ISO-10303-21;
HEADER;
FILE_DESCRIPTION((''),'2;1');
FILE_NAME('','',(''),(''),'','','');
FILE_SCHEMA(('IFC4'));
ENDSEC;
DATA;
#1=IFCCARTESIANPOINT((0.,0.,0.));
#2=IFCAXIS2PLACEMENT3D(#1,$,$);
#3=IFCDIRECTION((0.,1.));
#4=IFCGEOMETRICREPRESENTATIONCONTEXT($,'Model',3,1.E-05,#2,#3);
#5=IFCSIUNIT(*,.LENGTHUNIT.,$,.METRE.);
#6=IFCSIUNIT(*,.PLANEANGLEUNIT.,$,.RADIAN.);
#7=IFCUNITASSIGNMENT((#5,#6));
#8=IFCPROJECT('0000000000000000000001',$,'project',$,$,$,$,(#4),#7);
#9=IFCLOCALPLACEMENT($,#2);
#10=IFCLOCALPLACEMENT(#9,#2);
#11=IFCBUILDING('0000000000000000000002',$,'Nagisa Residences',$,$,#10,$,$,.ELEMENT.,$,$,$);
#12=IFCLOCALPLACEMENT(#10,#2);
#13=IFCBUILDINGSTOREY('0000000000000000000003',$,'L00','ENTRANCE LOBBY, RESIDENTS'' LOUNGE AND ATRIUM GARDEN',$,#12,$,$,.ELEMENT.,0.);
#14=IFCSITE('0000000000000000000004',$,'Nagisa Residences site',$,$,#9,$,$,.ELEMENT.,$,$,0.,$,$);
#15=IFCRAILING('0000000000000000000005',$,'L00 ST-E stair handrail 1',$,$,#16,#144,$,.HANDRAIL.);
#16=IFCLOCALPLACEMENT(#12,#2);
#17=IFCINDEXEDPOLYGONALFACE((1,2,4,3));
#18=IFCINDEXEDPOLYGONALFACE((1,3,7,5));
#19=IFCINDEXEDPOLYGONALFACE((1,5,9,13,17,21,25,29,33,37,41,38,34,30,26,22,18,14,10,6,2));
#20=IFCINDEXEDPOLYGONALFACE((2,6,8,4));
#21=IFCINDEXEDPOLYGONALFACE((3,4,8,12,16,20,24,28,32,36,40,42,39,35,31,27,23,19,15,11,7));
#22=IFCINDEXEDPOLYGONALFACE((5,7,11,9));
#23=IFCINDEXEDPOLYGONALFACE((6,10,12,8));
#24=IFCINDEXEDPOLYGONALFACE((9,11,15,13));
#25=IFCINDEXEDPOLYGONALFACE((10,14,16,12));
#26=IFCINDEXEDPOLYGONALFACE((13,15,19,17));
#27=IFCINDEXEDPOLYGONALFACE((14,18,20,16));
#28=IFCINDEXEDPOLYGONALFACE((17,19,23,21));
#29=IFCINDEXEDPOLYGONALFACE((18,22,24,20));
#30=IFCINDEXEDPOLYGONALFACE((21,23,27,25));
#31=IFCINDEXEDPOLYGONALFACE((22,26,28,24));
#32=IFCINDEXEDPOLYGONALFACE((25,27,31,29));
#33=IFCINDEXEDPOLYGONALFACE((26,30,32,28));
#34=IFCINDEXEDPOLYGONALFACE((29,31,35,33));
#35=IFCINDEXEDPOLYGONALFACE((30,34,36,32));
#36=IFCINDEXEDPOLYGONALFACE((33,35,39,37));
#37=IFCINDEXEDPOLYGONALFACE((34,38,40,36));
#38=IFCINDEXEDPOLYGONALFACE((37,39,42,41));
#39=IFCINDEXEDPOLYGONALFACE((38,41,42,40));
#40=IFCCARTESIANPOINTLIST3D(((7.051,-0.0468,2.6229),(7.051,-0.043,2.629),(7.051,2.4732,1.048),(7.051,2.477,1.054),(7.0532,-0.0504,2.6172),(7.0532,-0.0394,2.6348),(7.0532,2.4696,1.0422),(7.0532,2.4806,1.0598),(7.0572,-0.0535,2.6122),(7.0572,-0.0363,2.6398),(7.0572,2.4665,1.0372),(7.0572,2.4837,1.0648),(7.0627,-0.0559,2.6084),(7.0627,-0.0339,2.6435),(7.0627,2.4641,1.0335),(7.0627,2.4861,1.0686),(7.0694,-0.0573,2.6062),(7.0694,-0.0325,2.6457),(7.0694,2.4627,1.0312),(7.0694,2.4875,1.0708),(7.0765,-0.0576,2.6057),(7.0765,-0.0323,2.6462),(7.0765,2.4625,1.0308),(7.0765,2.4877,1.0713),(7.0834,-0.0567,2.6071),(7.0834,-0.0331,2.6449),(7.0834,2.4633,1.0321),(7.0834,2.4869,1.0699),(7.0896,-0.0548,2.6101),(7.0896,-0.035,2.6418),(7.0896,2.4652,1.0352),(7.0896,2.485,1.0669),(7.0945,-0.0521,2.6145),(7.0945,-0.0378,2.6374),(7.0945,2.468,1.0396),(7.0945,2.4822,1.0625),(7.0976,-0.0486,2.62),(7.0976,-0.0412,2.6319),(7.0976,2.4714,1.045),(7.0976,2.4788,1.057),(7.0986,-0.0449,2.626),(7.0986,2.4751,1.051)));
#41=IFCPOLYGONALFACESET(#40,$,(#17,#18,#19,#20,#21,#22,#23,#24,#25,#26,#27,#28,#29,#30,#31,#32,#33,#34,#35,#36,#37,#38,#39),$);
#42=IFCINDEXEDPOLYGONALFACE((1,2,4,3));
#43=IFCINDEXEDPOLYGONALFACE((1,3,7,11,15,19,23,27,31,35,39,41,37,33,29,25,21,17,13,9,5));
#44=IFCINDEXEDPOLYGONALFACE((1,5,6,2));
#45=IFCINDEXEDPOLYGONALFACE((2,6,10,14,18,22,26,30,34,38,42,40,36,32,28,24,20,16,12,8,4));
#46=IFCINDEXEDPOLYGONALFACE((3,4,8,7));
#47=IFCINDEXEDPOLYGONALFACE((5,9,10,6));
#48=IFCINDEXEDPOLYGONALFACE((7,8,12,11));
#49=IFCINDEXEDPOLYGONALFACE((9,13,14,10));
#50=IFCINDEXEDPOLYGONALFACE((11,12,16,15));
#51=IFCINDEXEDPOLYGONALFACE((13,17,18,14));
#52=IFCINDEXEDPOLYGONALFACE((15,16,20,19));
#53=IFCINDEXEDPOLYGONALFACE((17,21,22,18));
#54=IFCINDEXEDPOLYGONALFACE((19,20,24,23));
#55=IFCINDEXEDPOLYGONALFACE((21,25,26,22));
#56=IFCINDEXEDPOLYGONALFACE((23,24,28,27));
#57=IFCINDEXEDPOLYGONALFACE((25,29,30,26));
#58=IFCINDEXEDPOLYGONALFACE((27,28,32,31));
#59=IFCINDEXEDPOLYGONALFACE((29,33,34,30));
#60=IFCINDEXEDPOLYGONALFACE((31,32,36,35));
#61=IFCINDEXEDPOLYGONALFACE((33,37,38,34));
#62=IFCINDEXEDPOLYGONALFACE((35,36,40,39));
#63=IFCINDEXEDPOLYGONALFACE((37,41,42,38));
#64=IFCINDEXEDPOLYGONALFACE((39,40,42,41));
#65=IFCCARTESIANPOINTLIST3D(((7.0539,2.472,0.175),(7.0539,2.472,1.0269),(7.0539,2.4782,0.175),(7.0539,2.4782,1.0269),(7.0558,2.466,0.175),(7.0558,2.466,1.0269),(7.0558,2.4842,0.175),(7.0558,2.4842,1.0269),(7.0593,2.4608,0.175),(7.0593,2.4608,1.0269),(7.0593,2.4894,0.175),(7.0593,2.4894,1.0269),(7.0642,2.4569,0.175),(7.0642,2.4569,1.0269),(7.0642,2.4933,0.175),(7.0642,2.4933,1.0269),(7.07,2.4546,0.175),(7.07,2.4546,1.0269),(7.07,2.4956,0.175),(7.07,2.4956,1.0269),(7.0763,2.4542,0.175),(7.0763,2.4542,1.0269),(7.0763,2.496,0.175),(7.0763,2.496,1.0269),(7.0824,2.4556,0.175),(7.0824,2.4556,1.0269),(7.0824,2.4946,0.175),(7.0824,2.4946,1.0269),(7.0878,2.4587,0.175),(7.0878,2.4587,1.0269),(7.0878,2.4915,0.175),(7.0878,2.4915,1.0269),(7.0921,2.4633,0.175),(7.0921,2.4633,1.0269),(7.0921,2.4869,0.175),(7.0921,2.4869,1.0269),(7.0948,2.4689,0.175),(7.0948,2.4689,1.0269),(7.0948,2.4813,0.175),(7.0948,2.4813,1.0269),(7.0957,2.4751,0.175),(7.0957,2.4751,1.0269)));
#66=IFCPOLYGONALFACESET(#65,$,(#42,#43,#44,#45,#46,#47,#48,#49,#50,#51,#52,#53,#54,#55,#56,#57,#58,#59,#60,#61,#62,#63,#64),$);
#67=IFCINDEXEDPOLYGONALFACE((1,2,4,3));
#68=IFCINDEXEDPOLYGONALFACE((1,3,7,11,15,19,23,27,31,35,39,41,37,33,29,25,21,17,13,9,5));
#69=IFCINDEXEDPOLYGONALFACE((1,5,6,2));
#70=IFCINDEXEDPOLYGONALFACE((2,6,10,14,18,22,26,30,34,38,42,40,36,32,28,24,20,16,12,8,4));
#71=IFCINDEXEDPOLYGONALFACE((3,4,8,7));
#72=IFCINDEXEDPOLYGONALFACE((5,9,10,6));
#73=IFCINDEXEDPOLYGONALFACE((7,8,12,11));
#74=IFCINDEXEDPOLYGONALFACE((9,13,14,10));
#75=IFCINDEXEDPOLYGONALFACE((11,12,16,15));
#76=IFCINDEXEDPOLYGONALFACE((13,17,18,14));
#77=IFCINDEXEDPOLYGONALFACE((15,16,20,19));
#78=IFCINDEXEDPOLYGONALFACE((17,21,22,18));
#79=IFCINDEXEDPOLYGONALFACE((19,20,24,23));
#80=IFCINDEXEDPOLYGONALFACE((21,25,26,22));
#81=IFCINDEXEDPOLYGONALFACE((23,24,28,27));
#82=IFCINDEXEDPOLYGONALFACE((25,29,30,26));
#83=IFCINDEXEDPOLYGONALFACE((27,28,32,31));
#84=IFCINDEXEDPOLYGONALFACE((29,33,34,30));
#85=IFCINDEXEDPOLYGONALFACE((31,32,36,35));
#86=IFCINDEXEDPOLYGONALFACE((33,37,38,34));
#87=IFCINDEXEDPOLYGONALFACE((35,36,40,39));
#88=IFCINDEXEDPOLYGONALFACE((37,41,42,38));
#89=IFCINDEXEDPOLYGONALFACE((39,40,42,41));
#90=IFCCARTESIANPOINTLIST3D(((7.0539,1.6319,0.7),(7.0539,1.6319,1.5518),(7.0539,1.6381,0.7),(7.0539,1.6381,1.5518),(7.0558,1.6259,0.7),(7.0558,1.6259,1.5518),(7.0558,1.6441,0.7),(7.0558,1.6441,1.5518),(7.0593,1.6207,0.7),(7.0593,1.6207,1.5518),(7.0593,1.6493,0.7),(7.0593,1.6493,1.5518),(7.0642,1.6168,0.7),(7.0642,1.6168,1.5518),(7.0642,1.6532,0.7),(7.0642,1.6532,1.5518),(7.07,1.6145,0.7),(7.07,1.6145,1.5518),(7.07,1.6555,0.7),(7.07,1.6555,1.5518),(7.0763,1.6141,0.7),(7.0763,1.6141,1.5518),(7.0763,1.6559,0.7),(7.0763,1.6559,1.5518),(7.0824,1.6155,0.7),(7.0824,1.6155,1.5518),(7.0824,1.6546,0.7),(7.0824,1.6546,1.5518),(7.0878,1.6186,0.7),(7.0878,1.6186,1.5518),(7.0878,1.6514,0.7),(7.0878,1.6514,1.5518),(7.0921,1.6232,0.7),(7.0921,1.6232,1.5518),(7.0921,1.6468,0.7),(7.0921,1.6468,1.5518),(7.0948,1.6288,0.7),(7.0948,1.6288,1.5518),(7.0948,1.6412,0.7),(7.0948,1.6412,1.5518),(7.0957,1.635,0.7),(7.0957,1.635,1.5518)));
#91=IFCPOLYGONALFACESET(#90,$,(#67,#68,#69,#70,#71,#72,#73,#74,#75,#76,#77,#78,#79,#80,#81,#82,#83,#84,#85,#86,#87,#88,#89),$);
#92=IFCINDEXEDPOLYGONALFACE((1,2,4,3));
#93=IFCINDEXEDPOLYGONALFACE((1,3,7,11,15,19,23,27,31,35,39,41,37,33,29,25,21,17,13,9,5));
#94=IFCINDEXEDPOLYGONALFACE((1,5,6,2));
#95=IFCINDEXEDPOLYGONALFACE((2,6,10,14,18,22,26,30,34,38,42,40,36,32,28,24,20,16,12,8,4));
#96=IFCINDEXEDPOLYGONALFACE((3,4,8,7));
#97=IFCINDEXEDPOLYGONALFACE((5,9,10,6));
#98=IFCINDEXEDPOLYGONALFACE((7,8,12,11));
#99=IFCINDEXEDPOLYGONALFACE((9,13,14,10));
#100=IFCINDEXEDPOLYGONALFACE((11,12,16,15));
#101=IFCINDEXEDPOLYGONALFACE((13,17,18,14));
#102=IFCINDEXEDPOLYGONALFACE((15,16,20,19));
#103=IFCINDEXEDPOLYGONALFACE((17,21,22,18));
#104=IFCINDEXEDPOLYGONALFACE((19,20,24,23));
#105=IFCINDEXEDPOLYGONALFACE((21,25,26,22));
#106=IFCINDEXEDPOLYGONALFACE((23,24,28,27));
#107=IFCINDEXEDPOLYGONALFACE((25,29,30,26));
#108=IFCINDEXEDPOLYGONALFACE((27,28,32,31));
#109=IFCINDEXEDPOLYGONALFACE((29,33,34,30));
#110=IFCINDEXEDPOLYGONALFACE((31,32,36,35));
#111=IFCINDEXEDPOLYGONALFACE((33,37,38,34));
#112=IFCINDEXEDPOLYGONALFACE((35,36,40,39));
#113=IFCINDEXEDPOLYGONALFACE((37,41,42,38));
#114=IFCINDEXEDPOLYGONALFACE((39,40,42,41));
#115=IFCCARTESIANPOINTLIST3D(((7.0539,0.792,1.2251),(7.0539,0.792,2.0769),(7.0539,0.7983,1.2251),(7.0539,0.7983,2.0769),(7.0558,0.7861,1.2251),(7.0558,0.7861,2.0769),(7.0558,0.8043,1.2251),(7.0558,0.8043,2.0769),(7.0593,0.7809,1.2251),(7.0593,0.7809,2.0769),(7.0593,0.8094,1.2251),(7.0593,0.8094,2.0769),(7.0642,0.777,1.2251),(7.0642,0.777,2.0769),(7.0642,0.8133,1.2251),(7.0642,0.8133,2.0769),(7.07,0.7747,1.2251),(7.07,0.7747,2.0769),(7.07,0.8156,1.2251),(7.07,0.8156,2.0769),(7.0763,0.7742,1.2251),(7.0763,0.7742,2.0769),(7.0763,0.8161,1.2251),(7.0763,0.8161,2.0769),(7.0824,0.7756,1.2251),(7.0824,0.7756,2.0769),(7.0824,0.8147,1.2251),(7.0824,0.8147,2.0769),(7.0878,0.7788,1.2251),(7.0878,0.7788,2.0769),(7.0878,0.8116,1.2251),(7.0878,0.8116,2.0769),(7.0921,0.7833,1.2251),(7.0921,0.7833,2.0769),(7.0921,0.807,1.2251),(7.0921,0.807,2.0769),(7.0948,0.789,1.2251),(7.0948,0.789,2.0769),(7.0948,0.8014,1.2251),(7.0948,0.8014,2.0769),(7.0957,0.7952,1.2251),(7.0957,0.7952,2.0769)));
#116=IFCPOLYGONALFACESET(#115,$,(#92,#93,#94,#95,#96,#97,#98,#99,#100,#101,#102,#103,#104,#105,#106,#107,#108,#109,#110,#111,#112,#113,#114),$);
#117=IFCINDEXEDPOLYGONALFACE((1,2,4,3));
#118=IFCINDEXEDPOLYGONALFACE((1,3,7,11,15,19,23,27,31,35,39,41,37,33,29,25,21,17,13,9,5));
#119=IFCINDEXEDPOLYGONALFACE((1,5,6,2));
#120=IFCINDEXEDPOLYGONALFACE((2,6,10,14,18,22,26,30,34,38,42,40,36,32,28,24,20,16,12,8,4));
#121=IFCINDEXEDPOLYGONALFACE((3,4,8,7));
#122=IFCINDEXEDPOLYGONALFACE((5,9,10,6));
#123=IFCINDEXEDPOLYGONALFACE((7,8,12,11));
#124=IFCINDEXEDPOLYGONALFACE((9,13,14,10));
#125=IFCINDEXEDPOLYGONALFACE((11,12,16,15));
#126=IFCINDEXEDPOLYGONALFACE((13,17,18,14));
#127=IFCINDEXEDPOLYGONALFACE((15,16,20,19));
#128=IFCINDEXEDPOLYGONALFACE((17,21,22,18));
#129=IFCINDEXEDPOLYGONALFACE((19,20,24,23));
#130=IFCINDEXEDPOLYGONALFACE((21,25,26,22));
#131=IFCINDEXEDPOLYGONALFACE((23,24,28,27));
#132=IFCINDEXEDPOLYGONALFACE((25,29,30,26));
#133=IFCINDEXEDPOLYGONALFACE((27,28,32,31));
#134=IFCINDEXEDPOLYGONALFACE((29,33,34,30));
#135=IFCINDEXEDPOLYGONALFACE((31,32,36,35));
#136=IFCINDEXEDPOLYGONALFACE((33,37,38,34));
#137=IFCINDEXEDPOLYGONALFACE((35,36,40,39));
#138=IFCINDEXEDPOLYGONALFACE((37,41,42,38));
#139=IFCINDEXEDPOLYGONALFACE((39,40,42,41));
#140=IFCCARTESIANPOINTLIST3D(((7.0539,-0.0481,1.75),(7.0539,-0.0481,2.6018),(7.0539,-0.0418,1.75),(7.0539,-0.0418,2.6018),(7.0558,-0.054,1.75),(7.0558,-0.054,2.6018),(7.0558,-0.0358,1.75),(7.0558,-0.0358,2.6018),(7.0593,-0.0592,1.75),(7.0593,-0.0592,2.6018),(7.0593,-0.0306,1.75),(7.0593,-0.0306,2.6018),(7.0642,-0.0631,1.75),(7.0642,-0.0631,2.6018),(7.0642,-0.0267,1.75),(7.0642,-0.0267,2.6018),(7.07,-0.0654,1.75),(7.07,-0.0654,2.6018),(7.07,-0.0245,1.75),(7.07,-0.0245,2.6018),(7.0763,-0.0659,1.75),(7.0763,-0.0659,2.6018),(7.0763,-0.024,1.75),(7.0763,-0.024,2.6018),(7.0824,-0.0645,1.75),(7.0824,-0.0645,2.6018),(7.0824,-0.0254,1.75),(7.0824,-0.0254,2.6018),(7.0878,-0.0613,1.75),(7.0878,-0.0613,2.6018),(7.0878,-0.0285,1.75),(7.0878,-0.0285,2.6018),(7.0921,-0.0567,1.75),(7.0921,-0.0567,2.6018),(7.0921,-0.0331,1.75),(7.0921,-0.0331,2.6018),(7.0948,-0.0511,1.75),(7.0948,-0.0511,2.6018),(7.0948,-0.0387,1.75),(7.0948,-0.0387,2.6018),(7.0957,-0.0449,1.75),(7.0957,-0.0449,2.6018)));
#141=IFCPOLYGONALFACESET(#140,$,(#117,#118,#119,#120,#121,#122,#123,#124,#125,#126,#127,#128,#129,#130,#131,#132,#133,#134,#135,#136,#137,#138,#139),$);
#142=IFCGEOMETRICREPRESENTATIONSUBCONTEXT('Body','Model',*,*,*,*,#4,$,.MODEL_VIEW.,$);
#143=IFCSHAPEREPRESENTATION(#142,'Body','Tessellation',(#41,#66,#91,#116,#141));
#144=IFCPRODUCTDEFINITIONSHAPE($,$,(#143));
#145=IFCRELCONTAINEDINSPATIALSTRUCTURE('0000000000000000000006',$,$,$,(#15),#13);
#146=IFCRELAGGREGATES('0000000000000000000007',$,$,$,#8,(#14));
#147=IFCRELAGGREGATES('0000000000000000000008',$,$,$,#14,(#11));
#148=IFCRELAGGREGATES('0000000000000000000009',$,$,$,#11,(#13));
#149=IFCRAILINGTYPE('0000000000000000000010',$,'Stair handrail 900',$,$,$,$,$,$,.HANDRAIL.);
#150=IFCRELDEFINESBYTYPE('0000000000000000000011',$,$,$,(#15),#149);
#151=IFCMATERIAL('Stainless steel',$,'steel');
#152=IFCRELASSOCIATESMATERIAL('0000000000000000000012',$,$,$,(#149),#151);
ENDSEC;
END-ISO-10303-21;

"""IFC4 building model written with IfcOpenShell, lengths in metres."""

from ifc_helpers import new_model, si_unit, direction, frame, origin, origin_2d, place, context, subcontext, project, spatial, circle, extrude, material, type_object, element, save


model = new_model("IFC4")

# Units and contexts
model_context = context("Model", 3, precision=1e-05, world=origin(), true_north=direction((0.0, 1.0)))
body_context = subcontext(model_context, "Body", "Model", "MODEL_VIEW")
ifc_project = project(units=[si_unit("LENGTHUNIT", "METRE"), si_unit("PLANEANGLEUNIT", "RADIAN")], contexts=[model_context])

# Site, building, storey
site_placement = place(None, origin())
site = spatial("IfcSite", under=ifc_project, at=site_placement, Name="Nagisa Residences site", CompositionType="ELEMENT", RefElevation=0.0)
building_placement = place(site_placement, origin())
building = spatial("IfcBuilding", under=site, at=building_placement, Name="Nagisa Residences", CompositionType="ELEMENT")
storey_placement = place(building_placement, origin())
storey = spatial("IfcBuildingStorey", under=building, at=storey_placement, Name="L00", Description="ENTRANCE LOBBY, RESIDENTS' LOUNGE AND ATRIUM GARDEN", CompositionType="ELEMENT", Elevation=0.0)

# Railing
ifc_material_1 = material(Name="Stainless steel", Category="steel")
railing_type_1 = type_object("IfcRailingType", Name="Stair handrail 900", PredefinedType="HANDRAIL", material=ifc_material_1)
for number, where, name in (
    (1, (7.0747, 2.4751, 0.175), "L00 ST-E stair handrail 1"),
):
    element("IfcRailing", number, at=place(storey_placement, frame(where)), inside=storey, type_object=railing_type_1, Name=name, PredefinedType="HANDRAIL", context=body_context, shape_type="SweptSolid", body=[
        extrude(circle(Radius=0.0239, at=origin_2d()), frame((0.0, 0.0, 0.876), z_axis=(0.0, -0.848008, 0.529984), x_axis=(1.0, 0.0, 0.0)), (0.0, 0.0, 1.0), 2.9717),
        extrude(circle(Radius=0.021, at=origin_2d()), origin(), (0.0, 0.0, 1.0), 0.8518),
        extrude(circle(Radius=0.021, at=origin_2d()), frame((0.0, -0.8401, 0.5249)), (0.0, 0.0, 1.0), 0.8518),
        extrude(circle(Radius=0.021, at=origin_2d()), frame((0.0, -1.6799, 1.05)), (0.0, 0.0, 1.0), 0.8518),
        extrude(circle(Radius=0.021, at=origin_2d()), frame((0.0, -2.52, 1.575)), (0.0, 0.0, 1.0), 0.8518),
    ])

save(model, "model.ifc")
